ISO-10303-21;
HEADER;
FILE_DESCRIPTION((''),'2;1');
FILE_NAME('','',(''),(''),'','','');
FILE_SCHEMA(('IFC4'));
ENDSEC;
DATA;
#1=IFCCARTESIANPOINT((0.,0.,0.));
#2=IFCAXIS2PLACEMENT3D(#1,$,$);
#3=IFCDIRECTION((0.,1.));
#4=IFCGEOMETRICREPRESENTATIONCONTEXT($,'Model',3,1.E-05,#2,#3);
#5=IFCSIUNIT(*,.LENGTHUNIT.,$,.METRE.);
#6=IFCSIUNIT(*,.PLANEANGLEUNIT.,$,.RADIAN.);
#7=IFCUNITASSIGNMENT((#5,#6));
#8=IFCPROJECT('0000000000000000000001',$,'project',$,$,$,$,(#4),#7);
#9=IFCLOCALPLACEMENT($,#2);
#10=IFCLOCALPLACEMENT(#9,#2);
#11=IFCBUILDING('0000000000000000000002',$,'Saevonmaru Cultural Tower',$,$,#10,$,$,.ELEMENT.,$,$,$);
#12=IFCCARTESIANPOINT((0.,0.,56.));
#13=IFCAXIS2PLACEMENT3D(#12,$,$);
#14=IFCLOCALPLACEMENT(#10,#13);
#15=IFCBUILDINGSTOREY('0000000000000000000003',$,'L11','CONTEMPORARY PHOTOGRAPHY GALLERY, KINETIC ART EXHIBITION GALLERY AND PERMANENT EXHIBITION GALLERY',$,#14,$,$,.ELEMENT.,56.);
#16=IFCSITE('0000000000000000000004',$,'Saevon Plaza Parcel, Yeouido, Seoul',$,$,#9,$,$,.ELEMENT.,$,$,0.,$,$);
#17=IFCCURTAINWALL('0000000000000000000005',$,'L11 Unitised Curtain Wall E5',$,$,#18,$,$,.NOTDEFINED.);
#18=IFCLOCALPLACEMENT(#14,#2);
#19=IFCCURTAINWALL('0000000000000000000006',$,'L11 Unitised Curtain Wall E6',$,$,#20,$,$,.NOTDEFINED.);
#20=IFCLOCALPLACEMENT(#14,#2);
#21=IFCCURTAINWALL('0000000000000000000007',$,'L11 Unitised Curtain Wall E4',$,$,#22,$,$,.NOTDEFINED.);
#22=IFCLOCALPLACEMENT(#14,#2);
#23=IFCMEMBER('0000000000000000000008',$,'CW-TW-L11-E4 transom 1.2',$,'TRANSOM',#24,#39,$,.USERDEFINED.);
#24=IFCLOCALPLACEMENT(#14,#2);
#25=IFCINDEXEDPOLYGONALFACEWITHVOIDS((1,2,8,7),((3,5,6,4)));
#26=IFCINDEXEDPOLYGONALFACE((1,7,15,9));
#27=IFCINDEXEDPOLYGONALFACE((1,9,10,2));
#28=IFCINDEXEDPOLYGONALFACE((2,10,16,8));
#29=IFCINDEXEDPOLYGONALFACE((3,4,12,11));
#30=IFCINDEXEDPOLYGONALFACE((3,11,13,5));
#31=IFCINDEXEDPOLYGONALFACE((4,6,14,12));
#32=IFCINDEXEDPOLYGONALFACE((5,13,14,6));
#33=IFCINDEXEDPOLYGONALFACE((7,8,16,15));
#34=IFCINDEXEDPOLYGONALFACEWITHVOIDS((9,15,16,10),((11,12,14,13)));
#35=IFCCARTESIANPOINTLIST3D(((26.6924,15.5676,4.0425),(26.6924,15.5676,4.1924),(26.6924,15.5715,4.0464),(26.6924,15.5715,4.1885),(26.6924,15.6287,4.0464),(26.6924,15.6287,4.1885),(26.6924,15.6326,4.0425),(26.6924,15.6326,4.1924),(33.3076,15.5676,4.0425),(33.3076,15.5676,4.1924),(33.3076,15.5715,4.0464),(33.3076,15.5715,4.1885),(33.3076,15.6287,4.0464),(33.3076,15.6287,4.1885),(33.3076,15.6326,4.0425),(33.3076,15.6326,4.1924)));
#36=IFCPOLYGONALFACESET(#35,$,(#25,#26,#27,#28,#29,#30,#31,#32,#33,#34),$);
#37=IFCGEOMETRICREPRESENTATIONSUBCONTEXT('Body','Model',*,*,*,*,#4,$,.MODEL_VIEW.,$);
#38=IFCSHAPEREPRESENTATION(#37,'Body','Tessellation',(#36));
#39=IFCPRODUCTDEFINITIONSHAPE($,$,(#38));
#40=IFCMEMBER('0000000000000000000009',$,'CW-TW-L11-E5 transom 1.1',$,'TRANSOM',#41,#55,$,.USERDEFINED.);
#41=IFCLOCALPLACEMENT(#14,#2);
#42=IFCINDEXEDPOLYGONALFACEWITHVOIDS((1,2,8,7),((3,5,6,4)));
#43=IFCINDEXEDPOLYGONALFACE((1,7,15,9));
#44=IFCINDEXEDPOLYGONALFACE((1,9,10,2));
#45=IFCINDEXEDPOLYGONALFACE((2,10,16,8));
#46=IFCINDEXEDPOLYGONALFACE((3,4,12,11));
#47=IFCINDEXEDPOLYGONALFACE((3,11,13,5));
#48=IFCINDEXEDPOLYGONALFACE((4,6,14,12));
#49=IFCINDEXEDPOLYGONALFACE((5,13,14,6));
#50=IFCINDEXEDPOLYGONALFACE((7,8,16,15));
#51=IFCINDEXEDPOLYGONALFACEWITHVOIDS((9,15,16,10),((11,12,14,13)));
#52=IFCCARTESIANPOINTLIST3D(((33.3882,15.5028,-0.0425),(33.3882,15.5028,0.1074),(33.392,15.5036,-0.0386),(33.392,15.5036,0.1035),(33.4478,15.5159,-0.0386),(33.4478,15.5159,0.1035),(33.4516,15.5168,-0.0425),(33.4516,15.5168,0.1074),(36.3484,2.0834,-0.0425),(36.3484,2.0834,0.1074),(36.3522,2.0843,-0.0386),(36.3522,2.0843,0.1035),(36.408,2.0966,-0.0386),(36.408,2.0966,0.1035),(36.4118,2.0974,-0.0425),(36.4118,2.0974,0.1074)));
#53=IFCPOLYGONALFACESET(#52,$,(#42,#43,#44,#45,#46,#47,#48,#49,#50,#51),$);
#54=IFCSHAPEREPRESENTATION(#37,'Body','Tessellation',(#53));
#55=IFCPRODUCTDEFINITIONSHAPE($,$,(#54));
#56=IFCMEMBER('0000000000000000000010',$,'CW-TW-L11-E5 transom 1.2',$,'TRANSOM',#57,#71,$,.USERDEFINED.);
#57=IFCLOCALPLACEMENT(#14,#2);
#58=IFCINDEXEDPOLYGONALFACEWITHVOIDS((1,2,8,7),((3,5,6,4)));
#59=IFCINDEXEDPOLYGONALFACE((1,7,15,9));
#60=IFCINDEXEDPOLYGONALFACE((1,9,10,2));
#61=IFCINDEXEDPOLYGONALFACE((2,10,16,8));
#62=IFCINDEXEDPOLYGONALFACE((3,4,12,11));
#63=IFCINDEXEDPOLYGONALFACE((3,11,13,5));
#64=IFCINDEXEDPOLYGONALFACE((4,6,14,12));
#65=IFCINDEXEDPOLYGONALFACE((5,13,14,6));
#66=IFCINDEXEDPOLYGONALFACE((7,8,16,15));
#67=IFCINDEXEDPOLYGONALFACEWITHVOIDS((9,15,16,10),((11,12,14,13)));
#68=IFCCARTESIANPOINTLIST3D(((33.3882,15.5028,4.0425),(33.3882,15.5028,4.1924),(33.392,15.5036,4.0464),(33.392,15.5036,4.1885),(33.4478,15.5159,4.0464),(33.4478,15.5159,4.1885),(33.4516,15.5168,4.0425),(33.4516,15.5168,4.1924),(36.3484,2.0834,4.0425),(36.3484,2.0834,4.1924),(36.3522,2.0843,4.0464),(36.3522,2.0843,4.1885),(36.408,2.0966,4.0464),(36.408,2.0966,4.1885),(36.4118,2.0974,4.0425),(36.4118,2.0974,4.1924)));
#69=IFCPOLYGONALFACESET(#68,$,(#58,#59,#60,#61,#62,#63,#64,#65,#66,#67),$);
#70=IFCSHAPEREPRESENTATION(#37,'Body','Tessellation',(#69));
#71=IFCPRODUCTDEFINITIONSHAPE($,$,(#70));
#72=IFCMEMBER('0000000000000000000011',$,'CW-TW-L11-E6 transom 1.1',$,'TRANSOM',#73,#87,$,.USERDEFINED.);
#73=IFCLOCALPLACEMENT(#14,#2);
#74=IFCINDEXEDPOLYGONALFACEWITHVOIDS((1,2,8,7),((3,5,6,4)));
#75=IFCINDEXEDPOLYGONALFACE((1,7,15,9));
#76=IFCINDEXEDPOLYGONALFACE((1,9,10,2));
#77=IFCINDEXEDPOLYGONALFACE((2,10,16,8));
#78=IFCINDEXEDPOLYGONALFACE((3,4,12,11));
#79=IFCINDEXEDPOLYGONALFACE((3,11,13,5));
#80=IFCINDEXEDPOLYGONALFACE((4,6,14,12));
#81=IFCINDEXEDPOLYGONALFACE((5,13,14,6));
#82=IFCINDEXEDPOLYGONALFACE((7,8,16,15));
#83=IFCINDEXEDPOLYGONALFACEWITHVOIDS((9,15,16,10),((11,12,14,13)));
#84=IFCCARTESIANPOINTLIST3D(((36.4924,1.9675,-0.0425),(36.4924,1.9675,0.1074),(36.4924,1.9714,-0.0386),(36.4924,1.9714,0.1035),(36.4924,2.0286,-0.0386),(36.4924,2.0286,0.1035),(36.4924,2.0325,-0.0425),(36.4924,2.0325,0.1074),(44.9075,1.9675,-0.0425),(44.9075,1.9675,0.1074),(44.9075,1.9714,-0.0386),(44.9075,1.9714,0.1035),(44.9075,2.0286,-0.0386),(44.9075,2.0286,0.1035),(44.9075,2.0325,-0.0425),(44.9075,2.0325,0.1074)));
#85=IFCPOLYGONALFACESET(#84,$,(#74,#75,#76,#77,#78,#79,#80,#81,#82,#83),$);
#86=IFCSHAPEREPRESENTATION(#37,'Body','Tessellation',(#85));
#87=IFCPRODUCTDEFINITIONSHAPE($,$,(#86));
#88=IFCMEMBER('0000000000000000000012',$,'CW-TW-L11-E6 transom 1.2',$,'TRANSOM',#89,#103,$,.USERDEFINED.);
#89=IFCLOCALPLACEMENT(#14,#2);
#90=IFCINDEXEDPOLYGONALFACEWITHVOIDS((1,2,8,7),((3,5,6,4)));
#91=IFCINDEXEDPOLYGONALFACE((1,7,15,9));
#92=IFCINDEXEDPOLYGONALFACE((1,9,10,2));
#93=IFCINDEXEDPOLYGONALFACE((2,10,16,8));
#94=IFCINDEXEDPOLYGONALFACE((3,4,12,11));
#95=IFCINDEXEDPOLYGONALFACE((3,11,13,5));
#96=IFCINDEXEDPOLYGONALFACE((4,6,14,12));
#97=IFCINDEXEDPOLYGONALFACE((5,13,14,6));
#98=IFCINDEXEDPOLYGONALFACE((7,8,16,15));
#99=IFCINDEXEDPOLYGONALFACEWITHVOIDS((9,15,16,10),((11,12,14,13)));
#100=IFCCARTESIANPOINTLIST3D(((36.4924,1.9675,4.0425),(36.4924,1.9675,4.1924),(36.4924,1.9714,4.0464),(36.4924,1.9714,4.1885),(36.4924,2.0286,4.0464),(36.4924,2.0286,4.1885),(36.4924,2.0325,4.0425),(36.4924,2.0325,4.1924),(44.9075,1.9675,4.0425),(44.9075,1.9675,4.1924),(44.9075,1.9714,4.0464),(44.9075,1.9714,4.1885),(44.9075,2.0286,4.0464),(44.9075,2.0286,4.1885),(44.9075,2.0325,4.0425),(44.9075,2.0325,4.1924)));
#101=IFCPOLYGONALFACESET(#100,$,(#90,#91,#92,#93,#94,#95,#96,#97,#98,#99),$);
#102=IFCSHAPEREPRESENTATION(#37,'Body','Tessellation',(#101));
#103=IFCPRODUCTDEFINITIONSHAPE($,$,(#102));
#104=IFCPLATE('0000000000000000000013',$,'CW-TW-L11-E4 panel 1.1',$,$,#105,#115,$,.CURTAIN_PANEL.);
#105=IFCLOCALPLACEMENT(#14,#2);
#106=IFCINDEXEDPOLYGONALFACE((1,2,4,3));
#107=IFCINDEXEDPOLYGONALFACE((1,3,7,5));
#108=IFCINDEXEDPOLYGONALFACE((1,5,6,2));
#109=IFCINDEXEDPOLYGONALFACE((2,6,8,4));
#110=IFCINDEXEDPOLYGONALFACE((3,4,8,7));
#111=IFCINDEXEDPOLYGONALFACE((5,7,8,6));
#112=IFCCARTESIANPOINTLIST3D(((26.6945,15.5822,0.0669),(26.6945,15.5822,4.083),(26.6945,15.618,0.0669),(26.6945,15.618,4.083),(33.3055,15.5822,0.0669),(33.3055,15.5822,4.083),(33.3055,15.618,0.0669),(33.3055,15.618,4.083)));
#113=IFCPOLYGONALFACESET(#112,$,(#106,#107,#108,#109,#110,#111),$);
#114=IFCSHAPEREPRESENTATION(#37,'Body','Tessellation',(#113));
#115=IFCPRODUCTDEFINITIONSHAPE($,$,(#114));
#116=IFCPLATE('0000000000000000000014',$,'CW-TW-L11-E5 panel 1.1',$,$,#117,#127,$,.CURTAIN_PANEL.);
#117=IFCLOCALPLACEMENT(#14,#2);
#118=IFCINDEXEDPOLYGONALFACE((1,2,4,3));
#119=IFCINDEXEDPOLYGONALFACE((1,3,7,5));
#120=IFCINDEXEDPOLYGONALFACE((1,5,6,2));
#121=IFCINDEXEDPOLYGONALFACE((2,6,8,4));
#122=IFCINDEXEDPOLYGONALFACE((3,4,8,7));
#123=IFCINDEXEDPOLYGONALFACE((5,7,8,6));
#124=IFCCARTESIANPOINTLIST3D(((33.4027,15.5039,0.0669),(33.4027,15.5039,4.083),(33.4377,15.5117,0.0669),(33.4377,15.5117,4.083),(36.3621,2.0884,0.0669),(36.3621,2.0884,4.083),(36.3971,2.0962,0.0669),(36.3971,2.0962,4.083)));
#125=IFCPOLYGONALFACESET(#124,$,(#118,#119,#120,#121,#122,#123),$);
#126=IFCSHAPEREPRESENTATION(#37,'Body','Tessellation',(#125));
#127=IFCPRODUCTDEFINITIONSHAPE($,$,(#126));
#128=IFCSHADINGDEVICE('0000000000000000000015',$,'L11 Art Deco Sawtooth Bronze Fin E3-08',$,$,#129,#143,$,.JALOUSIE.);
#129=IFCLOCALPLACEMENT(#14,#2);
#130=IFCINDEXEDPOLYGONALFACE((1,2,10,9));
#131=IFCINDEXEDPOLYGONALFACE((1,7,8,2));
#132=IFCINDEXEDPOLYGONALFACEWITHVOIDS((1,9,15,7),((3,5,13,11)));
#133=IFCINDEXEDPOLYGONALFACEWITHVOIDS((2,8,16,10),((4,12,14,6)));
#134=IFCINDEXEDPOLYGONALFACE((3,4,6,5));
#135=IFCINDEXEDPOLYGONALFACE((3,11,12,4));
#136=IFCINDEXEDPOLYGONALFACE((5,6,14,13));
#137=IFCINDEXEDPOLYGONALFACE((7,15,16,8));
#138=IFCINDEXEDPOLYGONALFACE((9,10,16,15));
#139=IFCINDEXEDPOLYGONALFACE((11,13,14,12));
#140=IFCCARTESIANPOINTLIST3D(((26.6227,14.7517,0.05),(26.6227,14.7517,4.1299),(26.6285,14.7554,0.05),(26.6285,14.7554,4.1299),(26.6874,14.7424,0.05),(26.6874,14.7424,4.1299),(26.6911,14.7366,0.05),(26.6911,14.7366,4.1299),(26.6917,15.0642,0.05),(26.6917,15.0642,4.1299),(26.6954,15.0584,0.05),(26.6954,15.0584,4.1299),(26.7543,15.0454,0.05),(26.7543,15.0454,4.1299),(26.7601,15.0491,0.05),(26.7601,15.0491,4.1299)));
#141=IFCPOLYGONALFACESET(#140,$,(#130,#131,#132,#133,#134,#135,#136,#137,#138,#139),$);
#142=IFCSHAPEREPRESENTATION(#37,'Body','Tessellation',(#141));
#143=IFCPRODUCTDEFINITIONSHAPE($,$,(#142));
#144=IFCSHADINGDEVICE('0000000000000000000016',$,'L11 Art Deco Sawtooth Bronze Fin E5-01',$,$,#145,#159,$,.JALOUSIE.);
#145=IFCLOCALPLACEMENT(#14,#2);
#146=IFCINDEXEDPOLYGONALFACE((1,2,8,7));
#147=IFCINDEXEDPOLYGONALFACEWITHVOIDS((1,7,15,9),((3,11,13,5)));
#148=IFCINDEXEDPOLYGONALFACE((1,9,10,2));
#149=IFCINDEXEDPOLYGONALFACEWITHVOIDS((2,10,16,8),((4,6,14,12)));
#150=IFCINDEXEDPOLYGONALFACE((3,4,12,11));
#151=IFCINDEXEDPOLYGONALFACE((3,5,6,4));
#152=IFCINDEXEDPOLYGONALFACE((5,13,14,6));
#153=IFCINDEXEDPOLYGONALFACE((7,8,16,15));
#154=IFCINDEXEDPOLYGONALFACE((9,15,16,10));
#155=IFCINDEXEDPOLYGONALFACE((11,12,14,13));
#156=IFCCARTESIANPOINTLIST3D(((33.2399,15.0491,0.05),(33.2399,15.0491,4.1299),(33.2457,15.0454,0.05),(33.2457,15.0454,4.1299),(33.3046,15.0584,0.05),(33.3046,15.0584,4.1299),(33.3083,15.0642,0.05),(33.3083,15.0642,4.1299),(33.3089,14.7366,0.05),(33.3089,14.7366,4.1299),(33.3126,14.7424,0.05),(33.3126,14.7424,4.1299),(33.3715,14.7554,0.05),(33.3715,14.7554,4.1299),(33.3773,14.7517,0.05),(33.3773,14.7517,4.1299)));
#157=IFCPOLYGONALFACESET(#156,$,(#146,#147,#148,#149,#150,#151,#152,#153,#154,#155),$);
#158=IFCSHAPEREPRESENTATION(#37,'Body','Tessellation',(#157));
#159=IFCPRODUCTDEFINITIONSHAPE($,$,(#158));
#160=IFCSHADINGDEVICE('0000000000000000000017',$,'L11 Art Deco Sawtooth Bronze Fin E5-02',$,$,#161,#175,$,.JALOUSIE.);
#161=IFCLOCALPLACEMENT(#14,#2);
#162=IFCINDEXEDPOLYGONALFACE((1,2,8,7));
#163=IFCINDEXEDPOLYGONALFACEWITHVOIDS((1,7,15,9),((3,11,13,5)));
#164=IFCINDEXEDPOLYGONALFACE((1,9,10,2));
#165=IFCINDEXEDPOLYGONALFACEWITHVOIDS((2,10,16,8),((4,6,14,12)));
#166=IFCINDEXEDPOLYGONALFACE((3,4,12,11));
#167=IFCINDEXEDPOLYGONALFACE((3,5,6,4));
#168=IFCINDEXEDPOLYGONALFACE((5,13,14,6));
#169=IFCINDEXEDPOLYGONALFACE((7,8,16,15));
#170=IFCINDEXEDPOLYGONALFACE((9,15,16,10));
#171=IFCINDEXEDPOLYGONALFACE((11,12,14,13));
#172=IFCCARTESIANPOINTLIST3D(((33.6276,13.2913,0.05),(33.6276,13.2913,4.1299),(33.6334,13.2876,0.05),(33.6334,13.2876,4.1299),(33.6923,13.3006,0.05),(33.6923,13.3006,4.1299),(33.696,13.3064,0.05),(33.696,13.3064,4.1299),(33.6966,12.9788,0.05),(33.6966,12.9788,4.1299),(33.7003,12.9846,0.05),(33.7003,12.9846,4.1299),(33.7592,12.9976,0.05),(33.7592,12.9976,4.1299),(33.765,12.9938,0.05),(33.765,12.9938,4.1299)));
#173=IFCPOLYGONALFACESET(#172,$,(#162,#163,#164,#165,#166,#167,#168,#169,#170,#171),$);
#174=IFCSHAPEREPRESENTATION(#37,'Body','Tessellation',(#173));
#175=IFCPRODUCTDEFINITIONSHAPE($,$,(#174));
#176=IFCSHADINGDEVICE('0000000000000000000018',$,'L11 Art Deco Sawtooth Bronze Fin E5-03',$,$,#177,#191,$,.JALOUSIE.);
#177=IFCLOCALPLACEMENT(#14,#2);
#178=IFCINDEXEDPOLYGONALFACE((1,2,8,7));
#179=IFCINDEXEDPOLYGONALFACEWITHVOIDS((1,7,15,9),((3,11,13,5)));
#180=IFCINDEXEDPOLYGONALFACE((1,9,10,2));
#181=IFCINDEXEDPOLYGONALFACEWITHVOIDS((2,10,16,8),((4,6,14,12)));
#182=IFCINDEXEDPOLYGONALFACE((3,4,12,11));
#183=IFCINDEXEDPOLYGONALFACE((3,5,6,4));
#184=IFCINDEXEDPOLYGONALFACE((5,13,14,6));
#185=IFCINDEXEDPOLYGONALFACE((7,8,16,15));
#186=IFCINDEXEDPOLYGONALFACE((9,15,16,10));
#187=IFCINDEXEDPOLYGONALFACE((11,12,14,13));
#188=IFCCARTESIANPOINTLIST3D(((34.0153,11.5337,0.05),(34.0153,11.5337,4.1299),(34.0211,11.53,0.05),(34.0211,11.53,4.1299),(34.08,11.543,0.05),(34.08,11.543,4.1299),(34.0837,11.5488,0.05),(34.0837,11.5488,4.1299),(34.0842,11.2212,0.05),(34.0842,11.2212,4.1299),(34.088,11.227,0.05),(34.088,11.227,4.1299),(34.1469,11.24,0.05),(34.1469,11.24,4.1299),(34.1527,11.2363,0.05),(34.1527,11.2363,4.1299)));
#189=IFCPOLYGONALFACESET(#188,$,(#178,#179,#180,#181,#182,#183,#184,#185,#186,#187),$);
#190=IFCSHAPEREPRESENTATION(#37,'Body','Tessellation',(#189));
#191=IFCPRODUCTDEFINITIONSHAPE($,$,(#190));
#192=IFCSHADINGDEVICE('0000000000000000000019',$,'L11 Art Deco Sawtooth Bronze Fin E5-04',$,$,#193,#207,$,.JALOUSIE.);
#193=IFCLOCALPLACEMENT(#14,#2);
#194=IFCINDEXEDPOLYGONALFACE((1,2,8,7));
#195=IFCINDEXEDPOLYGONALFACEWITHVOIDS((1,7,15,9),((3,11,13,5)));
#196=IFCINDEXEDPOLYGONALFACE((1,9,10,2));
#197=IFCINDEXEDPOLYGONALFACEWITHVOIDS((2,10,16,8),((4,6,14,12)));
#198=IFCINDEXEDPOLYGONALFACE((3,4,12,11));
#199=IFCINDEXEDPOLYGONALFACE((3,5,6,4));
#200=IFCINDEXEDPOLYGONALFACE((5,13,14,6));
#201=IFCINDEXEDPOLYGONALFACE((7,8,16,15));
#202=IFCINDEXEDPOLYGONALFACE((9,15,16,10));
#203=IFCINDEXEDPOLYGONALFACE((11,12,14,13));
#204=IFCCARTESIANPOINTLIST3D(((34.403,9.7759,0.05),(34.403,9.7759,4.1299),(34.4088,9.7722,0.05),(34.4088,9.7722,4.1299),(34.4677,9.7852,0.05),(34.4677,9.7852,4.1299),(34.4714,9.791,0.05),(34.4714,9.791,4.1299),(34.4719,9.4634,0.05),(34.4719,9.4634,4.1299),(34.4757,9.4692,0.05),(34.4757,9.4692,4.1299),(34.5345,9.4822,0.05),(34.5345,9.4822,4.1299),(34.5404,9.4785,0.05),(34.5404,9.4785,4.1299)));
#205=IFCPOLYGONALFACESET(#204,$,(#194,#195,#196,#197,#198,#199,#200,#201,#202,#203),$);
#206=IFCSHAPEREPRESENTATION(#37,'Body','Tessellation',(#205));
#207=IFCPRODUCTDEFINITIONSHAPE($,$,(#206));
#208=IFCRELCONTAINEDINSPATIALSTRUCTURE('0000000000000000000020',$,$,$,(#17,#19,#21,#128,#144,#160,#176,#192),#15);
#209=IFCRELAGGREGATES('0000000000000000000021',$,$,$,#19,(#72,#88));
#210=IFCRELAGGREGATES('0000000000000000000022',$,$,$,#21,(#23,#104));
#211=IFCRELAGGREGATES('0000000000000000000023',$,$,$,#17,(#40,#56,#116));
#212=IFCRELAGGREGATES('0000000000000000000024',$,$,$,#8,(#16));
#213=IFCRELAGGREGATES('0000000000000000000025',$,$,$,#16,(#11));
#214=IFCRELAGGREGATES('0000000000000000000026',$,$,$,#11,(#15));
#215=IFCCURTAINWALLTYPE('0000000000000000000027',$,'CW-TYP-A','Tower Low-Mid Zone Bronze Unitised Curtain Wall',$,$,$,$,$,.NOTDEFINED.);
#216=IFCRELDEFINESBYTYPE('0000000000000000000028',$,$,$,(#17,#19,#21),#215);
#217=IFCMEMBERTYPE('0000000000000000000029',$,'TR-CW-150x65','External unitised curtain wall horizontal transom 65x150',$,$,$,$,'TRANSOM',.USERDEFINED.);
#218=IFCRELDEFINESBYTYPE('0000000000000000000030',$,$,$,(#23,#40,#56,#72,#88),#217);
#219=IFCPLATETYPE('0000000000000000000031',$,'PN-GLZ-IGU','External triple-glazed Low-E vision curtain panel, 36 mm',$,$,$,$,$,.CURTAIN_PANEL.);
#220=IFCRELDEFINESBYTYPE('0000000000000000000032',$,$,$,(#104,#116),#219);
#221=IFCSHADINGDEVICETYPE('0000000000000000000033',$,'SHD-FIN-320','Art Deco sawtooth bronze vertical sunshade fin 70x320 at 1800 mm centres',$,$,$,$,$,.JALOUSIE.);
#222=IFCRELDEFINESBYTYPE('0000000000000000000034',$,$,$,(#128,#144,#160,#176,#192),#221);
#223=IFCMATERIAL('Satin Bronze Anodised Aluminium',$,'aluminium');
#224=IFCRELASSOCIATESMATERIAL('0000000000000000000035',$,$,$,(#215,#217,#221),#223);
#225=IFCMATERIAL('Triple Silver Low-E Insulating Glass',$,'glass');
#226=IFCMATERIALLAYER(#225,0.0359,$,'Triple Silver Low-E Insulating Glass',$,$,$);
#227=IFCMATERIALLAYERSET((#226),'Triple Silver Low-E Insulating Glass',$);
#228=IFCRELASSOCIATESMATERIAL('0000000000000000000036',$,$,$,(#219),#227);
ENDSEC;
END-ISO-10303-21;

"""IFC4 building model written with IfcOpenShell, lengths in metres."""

from ifc_helpers import new_model, si_unit, direction, frame, origin, origin_2d, place, context, subcontext, project, spatial, rectangle, hollow_rectangle, extrude, material, layer, layer_set, material_profile, profile_set, type_object, element, aggregate, save


model = new_model("IFC4")

# Units and contexts
model_context = context("Model", 3, precision=1e-05, world=origin(), true_north=direction((0.0, 1.0)))
body_context = subcontext(model_context, "Body", "Model", "MODEL_VIEW")
ifc_project = project(units=[si_unit("LENGTHUNIT", "METRE"), si_unit("PLANEANGLEUNIT", "RADIAN")], contexts=[model_context])

# Site, building, storey
site_placement = place(None, origin())
site = spatial("IfcSite", under=ifc_project, at=site_placement, Name="Saevon Plaza Parcel, Yeouido, Seoul", CompositionType="ELEMENT", RefElevation=0.0)
building_placement = place(site_placement, origin())
building = spatial("IfcBuilding", under=site, at=building_placement, Name="Saevonmaru Cultural Tower", CompositionType="ELEMENT")
storey_placement = place(building_placement, frame((0.0, 0.0, 56.0)))
storey = spatial("IfcBuildingStorey", under=building, at=storey_placement, Name="L11", Description="CONTEMPORARY PHOTOGRAPHY GALLERY, KINETIC ART EXHIBITION GALLERY AND PERMANENT EXHIBITION GALLERY", CompositionType="ELEMENT", Elevation=56.0)

# Curtain wall
ifc_material_1 = material(Name="Satin Bronze Anodised Aluminium", Category="aluminium")
curtain_wall_type = type_object("IfcCurtainWallType", Name="CW-TYP-A", Description="Tower Low-Mid Zone Bronze Unitised Curtain Wall", PredefinedType="NOTDEFINED", material=ifc_material_1)
curtain_wall_1_placement = place(storey_placement, origin())
curtain_wall_1 = element("IfcCurtainWall", 1, at=curtain_wall_1_placement, inside=storey, type_object=curtain_wall_type, Name="L11 Unitised Curtain Wall E5", PredefinedType="NOTDEFINED")

# Curtain wall
curtain_wall_2_placement = place(storey_placement, origin())
curtain_wall_2 = element("IfcCurtainWall", 2, at=curtain_wall_2_placement, inside=storey, type_object=curtain_wall_type, Name="L11 Unitised Curtain Wall E6", PredefinedType="NOTDEFINED")

# Curtain wall, member
curtain_wall_3_placement = place(storey_placement, origin())
curtain_wall_3 = element("IfcCurtainWall", 3, at=curtain_wall_3_placement, inside=storey, type_object=curtain_wall_type, Name="L11 Unitised Curtain Wall E4", PredefinedType="NOTDEFINED")
ifc_material_profile_1 = material_profile(ifc_material_1, hollow_rectangle(XDim=0.0649, YDim=0.1499, WallThickness=0.0039, at=origin_2d()), Name="ALU-TRAN-150x65x4")
ifc_profile_set_1 = profile_set([ifc_material_profile_1], Name="Satin Bronze Anodised Aluminium")
member_type_1 = type_object("IfcMemberType", Name="TR-CW-150x65", Description="External unitised curtain wall horizontal transom 65x150", ElementType="TRANSOM", PredefinedType="USERDEFINED", material=ifc_profile_set_1)
member_1_placement = place(storey_placement, frame((26.6924, 15.6001, 4.1174), z_axis=(1.0, 0.0, 0.0), x_axis=(0.0, 1.0, 0.0)))
member_1 = element("IfcMember", 4, at=member_1_placement, type_object=member_type_1, Name="CW-TW-L11-E4 transom 1.2", ObjectType="TRANSOM", PredefinedType="USERDEFINED", context=body_context, shape_type="SweptSolid", body=[
    extrude(hollow_rectangle(XDim=0.0649, YDim=0.1499, WallThickness=0.0039, at=origin_2d()), origin(), (0.0, 0.0, 1.0), 6.6152),
])

# Members
member_2_placement = place(storey_placement, frame((33.4199, 15.5098, 0.0325), z_axis=(0.215412, -0.976523, 0.0), x_axis=(0.976523, 0.215412, 0.0)))
member_2 = element("IfcMember", 5, at=member_2_placement, type_object=member_type_1, Name="CW-TW-L11-E5 transom 1.1", ObjectType="TRANSOM", PredefinedType="USERDEFINED", context=body_context, shape_type="SweptSolid", body=[
    extrude(hollow_rectangle(XDim=0.0649, YDim=0.1499, WallThickness=0.0039, at=origin_2d()), origin(), (0.0, 0.0, 1.0), 13.7419),
])
member_3_placement = place(storey_placement, frame((33.4199, 15.5098, 4.1174), z_axis=(0.215412, -0.976523, 0.0), x_axis=(0.976523, 0.215412, 0.0)))
member_3 = element("IfcMember", 6, at=member_3_placement, type_object=member_type_1, Name="CW-TW-L11-E5 transom 1.2", ObjectType="TRANSOM", PredefinedType="USERDEFINED", context=body_context, shape_type="SweptSolid", body=[
    extrude(hollow_rectangle(XDim=0.0649, YDim=0.1499, WallThickness=0.0039, at=origin_2d()), origin(), (0.0, 0.0, 1.0), 13.7419),
])
member_4_placement = place(storey_placement, frame((36.4924, 2.0, 0.0325), z_axis=(1.0, 0.0, 0.0), x_axis=(0.0, 1.0, 0.0)))
member_4 = element("IfcMember", 7, at=member_4_placement, type_object=member_type_1, Name="CW-TW-L11-E6 transom 1.1", ObjectType="TRANSOM", PredefinedType="USERDEFINED", context=body_context, shape_type="SweptSolid", body=[
    extrude(hollow_rectangle(XDim=0.0649, YDim=0.1499, WallThickness=0.0039, at=origin_2d()), origin(), (0.0, 0.0, 1.0), 8.415),
])
member_5_placement = place(storey_placement, frame((36.4924, 2.0, 4.1174), z_axis=(1.0, 0.0, 0.0), x_axis=(0.0, 1.0, 0.0)))
member_5 = element("IfcMember", 8, at=member_5_placement, type_object=member_type_1, Name="CW-TW-L11-E6 transom 1.2", ObjectType="TRANSOM", PredefinedType="USERDEFINED", context=body_context, shape_type="SweptSolid", body=[
    extrude(hollow_rectangle(XDim=0.0649, YDim=0.1499, WallThickness=0.0039, at=origin_2d()), origin(), (0.0, 0.0, 1.0), 8.415),
])
aggregate(curtain_wall_2, [member_4, member_5])

# Plates
ifc_material_2 = material(Name="Triple Silver Low-E Insulating Glass", Category="glass")
ifc_layer_1 = layer(ifc_material_2, 0.0359, Name="Triple Silver Low-E Insulating Glass")
ifc_layer_set_1 = layer_set([ifc_layer_1], Name="Triple Silver Low-E Insulating Glass")
plate_type = type_object("IfcPlateType", Name="PN-GLZ-IGU", Description="External triple-glazed Low-E vision curtain panel, 36 mm", PredefinedType="CURTAIN_PANEL", material=ifc_layer_set_1)
plate_1_placement = place(storey_placement, frame((30.0, 15.6001, 0.0669), z_axis=(0.0, 0.0, 1.0), x_axis=(1.0, 0.0, 0.0)))
plate_1 = element("IfcPlate", 9, at=plate_1_placement, type_object=plate_type, Name="CW-TW-L11-E4 panel 1.1", PredefinedType="CURTAIN_PANEL", context=body_context, shape_type="SweptSolid", body=[
    extrude(rectangle(XDim=6.6111, YDim=0.0359, at=origin_2d()), origin(), (0.0, 0.0, 1.0), 4.0161),
])
aggregate(curtain_wall_3, [member_1, plate_1])
plate_2_placement = place(storey_placement, frame((34.8999, 8.8, 0.0669), z_axis=(0.0, 0.0, 1.0), x_axis=(0.215413, -0.976523, 0.0)))
plate_2 = element("IfcPlate", 10, at=plate_2_placement, type_object=plate_type, Name="CW-TW-L11-E5 panel 1.1", PredefinedType="CURTAIN_PANEL", context=body_context, shape_type="SweptSolid", body=[
    extrude(rectangle(XDim=13.738, YDim=0.0359, at=origin_2d()), origin(), (0.0, 0.0, 1.0), 4.0161),
])
aggregate(curtain_wall_1, [member_2, member_3, plate_2])

# Shading devices
ifc_material_profile_2 = material_profile(ifc_material_1, hollow_rectangle(XDim=0.0701, YDim=0.3201, WallThickness=0.0049, at=origin_2d()), Name="FIN-320x70")
ifc_profile_set_2 = profile_set([ifc_material_profile_2], Name="Satin Bronze Anodised Aluminium")
shading_device_type = type_object("IfcShadingDeviceType", Name="SHD-FIN-320", Description="Art Deco sawtooth bronze vertical sunshade fin 70x320 at 1800 mm centres", PredefinedType="JALOUSIE", material=ifc_profile_set_2)
for number, where, z_axis, x_axis, name in (
    (11, (26.6914, 14.9004, 0.05), (0.0, 0.0, 1.0), (0.976522, -0.215417, 0.0), "L11 Art Deco Sawtooth Bronze Fin E3-08"),
    (12, (33.3086, 14.9004, 0.05), (0.0, 0.0, 1.0), (-0.976522, -0.215417, 0.0), "L11 Art Deco Sawtooth Bronze Fin E5-01"),
    (13, (33.6963, 13.1426, 0.05), (0.0, 0.0, 1.0), (-0.976522, -0.215417, 0.0), "L11 Art Deco Sawtooth Bronze Fin E5-02"),
    (14, (34.084, 11.385, 0.05), (0.0, 0.0, 1.0), (-0.976522, -0.215417, 0.0), "L11 Art Deco Sawtooth Bronze Fin E5-03"),
    (15, (34.4717, 9.6272, 0.05), (0.0, 0.0, 1.0), (-0.976522, -0.215417, 0.0), "L11 Art Deco Sawtooth Bronze Fin E5-04"),
):
    element("IfcShadingDevice", number, at=place(storey_placement, frame(where, z_axis=z_axis, x_axis=x_axis)), inside=storey, type_object=shading_device_type, Name=name, PredefinedType="JALOUSIE", context=body_context, shape_type="SweptSolid", body=[
        extrude(hollow_rectangle(XDim=0.0701, YDim=0.3201, WallThickness=0.0049, at=origin_2d()), origin(), (0.0, 0.0, 1.0), 4.0798),
    ])

save(model, "model.ifc")
